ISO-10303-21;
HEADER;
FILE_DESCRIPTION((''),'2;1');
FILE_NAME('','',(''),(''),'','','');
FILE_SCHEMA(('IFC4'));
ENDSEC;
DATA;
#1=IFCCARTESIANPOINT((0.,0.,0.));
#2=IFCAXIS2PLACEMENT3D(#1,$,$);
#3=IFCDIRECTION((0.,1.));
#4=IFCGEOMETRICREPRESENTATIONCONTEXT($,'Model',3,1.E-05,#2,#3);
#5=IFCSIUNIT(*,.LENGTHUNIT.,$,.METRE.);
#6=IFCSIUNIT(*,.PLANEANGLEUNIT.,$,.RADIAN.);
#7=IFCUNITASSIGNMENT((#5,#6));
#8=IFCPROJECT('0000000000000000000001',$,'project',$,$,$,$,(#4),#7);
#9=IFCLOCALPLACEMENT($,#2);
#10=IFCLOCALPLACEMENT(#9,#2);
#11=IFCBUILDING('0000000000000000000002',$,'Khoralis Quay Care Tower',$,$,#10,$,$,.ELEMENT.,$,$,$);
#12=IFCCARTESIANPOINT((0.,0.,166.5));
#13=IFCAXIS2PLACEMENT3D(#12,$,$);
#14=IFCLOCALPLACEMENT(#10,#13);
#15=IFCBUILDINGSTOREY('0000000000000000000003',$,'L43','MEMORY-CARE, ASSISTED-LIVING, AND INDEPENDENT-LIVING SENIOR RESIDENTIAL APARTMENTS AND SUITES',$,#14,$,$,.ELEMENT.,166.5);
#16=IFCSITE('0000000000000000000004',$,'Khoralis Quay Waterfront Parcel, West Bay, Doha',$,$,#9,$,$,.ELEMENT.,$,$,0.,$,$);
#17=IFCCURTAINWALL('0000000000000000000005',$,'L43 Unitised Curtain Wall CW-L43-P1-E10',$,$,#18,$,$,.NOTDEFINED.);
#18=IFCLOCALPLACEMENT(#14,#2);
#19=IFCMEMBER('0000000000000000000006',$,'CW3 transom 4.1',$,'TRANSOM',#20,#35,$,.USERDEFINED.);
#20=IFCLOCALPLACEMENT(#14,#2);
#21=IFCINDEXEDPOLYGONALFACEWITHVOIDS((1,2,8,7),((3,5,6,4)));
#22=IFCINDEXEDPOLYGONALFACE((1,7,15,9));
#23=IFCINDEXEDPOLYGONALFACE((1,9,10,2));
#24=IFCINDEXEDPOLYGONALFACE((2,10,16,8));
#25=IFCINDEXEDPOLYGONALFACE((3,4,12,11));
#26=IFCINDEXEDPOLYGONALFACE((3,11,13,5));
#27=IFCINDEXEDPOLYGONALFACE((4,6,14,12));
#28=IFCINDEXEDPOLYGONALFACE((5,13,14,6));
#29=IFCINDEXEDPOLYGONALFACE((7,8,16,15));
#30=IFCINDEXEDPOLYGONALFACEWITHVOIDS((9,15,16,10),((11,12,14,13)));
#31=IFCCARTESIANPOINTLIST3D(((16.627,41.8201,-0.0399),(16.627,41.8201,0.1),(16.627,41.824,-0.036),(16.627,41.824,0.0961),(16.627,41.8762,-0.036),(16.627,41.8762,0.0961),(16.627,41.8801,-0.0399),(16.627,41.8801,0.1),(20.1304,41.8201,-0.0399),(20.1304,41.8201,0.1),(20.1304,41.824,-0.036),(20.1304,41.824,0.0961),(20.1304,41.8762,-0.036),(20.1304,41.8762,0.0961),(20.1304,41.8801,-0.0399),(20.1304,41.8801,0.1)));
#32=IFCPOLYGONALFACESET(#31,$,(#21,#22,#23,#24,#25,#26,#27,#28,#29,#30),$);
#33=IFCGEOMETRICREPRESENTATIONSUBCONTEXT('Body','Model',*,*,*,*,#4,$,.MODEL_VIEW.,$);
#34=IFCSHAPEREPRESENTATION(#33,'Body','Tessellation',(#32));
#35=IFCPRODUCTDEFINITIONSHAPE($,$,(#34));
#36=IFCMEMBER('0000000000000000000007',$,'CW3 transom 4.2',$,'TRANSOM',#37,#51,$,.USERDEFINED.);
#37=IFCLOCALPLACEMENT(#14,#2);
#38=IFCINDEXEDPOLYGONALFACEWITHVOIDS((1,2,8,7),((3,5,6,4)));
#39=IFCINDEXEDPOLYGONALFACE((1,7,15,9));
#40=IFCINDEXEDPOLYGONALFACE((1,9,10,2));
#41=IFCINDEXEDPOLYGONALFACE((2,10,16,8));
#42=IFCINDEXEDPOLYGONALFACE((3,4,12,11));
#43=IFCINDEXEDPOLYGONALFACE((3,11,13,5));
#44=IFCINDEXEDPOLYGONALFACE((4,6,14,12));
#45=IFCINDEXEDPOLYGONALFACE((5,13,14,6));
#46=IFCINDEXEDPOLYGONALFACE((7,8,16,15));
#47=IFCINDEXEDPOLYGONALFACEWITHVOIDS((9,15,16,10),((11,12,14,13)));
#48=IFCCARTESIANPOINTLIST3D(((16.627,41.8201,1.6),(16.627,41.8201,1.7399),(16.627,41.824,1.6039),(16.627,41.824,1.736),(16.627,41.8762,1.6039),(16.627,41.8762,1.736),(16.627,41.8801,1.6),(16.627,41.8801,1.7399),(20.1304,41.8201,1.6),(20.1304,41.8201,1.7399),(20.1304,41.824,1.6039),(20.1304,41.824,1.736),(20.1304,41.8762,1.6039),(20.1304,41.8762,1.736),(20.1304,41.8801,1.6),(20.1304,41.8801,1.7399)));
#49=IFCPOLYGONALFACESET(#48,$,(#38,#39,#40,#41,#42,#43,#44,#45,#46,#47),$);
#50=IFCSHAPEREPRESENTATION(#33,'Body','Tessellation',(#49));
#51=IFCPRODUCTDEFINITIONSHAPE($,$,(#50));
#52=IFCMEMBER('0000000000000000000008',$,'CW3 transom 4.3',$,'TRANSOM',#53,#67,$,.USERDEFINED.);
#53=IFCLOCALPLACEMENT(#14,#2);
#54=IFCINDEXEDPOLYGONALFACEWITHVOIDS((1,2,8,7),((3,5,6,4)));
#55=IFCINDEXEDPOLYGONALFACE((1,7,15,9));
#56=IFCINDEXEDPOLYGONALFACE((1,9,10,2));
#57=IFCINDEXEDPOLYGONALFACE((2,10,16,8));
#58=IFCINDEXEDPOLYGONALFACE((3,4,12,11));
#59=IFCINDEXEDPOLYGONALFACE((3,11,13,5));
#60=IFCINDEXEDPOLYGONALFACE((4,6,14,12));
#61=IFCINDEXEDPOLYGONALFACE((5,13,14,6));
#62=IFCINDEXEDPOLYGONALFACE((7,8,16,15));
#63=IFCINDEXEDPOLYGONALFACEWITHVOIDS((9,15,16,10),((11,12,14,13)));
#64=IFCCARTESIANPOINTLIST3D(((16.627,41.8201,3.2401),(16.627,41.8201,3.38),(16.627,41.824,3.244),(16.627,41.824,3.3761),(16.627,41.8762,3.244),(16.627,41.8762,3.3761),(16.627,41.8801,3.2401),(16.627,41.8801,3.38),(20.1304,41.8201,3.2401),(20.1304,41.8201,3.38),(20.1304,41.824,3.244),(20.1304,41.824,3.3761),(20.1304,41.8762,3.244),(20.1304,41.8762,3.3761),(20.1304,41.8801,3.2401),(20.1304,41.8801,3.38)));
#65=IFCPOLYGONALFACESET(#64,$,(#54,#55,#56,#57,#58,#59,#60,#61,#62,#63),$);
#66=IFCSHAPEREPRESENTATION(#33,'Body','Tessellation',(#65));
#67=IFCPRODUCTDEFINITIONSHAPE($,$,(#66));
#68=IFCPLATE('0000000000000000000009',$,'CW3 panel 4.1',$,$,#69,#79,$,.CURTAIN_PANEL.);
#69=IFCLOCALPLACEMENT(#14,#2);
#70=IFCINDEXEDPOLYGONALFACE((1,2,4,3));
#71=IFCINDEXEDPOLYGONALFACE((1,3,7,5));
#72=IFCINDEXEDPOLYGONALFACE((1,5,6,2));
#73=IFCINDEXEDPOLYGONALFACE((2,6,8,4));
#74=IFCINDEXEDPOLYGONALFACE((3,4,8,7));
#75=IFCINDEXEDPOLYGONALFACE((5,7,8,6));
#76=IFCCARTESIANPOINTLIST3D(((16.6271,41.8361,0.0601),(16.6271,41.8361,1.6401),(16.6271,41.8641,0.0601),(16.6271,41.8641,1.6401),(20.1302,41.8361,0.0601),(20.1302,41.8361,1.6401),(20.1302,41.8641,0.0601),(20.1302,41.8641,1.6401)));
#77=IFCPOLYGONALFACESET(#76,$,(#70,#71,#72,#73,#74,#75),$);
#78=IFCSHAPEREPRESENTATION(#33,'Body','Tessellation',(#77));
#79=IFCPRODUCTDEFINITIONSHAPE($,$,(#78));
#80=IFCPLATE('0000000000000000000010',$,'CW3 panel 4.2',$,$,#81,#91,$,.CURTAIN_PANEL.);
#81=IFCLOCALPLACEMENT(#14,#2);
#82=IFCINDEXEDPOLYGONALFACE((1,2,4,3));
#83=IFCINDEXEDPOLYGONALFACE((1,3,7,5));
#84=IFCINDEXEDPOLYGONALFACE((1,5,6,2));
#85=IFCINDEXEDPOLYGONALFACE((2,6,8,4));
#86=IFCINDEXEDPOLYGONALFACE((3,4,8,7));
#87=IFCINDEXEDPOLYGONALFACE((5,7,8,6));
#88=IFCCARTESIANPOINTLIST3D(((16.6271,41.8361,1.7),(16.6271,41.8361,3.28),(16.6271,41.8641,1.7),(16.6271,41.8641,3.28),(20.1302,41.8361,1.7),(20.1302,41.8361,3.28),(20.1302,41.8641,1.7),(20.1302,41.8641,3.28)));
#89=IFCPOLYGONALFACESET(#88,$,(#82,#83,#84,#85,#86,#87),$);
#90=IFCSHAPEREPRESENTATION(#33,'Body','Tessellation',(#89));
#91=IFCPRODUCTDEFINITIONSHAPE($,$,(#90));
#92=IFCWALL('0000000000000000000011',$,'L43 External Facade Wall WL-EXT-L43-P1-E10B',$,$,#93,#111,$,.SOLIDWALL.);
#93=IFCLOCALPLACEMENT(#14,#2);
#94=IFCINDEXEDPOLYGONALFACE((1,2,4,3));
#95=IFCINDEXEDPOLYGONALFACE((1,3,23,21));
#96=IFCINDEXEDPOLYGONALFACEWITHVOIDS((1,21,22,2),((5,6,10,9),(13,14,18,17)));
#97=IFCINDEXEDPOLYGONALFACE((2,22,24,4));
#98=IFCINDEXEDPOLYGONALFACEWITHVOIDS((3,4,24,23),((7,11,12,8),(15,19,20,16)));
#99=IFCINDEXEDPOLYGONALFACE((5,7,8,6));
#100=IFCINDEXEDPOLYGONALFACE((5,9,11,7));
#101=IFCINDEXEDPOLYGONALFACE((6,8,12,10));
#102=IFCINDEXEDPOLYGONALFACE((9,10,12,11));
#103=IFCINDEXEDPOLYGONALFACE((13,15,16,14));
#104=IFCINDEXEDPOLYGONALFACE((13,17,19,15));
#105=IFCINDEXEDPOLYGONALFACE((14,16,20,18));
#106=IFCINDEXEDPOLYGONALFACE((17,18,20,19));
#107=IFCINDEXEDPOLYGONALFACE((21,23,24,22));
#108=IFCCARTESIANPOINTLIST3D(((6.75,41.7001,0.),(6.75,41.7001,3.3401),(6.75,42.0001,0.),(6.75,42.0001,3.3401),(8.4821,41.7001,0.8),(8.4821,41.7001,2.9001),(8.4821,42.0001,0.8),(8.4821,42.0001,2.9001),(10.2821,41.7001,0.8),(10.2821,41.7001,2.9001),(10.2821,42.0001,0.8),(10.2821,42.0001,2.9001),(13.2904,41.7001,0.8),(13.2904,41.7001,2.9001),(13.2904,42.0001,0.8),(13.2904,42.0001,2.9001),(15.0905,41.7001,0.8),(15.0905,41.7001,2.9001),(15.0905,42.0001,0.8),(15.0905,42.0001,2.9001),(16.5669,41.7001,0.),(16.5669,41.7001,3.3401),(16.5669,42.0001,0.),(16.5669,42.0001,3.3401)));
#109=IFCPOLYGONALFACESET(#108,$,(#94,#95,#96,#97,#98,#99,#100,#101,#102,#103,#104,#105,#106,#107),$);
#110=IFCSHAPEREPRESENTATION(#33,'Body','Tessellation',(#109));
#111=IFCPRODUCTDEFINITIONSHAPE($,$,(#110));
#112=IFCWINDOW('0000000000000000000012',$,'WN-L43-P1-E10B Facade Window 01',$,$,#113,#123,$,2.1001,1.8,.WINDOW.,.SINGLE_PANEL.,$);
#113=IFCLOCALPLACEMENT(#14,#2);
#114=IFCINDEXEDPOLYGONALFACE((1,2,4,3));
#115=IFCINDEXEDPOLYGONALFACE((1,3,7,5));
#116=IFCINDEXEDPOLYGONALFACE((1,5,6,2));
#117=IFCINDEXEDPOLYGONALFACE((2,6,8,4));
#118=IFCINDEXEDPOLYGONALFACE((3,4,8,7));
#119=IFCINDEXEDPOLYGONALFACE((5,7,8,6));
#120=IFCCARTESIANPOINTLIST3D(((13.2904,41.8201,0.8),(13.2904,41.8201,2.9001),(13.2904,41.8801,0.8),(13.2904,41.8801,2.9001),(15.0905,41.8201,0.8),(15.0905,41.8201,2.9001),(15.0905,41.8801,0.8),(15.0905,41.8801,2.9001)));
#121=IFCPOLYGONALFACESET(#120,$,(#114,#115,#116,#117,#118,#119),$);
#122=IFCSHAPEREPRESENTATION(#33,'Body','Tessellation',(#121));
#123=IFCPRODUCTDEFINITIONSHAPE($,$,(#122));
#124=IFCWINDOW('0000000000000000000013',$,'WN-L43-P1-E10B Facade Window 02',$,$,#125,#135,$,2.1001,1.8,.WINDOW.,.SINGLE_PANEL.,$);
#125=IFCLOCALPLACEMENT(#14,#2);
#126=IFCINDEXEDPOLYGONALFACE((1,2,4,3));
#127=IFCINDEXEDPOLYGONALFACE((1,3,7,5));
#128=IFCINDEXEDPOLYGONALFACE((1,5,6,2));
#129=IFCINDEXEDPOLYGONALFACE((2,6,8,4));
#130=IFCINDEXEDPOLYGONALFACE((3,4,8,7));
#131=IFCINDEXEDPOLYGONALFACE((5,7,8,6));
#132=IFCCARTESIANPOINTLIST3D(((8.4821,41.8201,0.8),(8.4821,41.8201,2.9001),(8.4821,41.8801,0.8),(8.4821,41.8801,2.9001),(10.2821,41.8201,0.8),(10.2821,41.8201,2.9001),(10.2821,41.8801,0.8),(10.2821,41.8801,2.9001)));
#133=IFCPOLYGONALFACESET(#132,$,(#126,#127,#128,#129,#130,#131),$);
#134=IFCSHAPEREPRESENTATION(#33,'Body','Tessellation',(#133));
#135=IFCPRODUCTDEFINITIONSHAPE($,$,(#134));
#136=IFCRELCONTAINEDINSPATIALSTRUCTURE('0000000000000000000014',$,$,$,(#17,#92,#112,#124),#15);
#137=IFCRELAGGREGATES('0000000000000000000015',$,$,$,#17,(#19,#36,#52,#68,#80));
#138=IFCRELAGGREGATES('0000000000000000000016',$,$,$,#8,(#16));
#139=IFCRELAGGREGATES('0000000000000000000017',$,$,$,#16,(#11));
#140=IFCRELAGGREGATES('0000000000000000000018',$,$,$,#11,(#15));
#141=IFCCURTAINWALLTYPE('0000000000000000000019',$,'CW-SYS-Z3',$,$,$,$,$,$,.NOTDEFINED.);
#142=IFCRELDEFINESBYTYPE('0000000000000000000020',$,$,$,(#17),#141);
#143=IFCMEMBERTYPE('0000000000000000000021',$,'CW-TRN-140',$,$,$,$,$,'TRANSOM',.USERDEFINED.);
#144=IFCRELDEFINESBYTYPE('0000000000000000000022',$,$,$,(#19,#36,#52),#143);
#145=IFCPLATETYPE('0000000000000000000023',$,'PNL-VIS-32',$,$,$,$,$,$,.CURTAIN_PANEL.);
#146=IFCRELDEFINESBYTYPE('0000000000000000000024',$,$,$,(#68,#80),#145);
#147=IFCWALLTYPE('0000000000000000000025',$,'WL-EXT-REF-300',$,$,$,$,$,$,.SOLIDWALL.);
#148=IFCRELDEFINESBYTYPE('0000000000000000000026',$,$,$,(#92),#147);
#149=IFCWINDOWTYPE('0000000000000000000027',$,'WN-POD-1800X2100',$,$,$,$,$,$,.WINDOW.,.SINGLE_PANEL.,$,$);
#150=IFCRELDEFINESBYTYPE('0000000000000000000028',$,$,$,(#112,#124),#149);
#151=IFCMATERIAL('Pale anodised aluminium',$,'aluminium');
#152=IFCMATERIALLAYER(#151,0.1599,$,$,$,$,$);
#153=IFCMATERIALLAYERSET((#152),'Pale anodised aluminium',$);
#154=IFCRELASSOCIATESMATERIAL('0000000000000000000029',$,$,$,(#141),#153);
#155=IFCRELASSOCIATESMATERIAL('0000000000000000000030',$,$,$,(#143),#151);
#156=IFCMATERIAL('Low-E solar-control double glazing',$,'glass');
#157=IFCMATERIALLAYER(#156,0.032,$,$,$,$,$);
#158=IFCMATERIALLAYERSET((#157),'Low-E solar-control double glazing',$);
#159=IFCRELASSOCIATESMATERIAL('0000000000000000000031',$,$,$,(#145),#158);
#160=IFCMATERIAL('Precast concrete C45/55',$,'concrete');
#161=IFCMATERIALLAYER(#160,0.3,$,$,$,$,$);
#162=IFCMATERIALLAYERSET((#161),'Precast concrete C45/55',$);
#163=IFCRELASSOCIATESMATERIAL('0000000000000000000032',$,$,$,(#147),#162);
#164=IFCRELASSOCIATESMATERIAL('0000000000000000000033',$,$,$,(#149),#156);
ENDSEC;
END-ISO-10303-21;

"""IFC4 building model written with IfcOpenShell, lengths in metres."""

from ifc_helpers import new_model, si_unit, direction, frame, frame_2d, origin, origin_2d, place, context, subcontext, project, spatial, rectangle, hollow_rectangle, extrude, source, transform, mapped, material, layer, layer_set, material_profile, profile_set, type_object, element, fill, aggregate, save


model = new_model("IFC4")

# Units and contexts
model_context = context("Model", 3, precision=1e-05, world=origin(), true_north=direction((0.0, 1.0)))
body_context = subcontext(model_context, "Body", "Model", "MODEL_VIEW")
ifc_project = project(units=[si_unit("LENGTHUNIT", "METRE"), si_unit("PLANEANGLEUNIT", "RADIAN")], contexts=[model_context])

# Site, building, storey
site_placement = place(None, origin())
site = spatial("IfcSite", under=ifc_project, at=site_placement, Name="Khoralis Quay Waterfront Parcel, West Bay, Doha", CompositionType="ELEMENT", RefElevation=0.0)
building_placement = place(site_placement, origin())
building = spatial("IfcBuilding", under=site, at=building_placement, Name="Khoralis Quay Care Tower", CompositionType="ELEMENT")
storey_placement = place(building_placement, frame((0.0, 0.0, 166.5)))
storey = spatial("IfcBuildingStorey", under=building, at=storey_placement, Name="L43", Description="MEMORY-CARE, ASSISTED-LIVING, AND INDEPENDENT-LIVING SENIOR RESIDENTIAL APARTMENTS AND SUITES", CompositionType="ELEMENT", Elevation=166.5)

# Curtain wall, members, plates
ifc_material_1 = material(Name="Pale anodised aluminium", Category="aluminium")
ifc_layer_1 = layer(ifc_material_1, 0.1599)
ifc_layer_set_1 = layer_set([ifc_layer_1], Name="Pale anodised aluminium")
curtain_wall_type = type_object("IfcCurtainWallType", Name="CW-SYS-Z3", PredefinedType="NOTDEFINED", material=ifc_layer_set_1)
curtain_wall_placement = place(storey_placement, origin())
curtain_wall = element("IfcCurtainWall", 1, at=curtain_wall_placement, inside=storey, type_object=curtain_wall_type, Name="L43 Unitised Curtain Wall CW-L43-P1-E10", PredefinedType="NOTDEFINED")
ifc_material_profile_1 = material_profile(ifc_material_1, hollow_rectangle(XDim=0.0601, YDim=0.1399, WallThickness=0.0039, at=origin_2d()), Name="Pale anodised aluminium")
ifc_profile_set_1 = profile_set([ifc_material_profile_1], Name="Pale anodised aluminium")
member_type_1 = type_object("IfcMemberType", Name="CW-TRN-140", ElementType="TRANSOM", PredefinedType="USERDEFINED", material=ifc_profile_set_1)
shared_shape_1 = source(origin(), body_context, "Body", "SweptSolid", [
    extrude(hollow_rectangle(XDim=0.0601, YDim=0.1399, WallThickness=0.0039, at=origin_2d()), origin(), (0.0, 0.0, 1.0), 3.5034),
])
member_1_placement = place(storey_placement, frame((20.1304, 41.8501, 0.03), z_axis=(-1.0, 0.0, 0.0), x_axis=(0.0, -1.0, 0.0)))
member_1 = element("IfcMember", 2, at=member_1_placement, type_object=member_type_1, Name="CW3 transom 4.1", ObjectType="TRANSOM", PredefinedType="USERDEFINED", context=body_context, shape_type="MappedRepresentation", body=[
    mapped(shared_shape_1, transform((0.0, 0.0, 0.0), scale=1.0)),
])
member_2_placement = place(storey_placement, frame((20.1304, 41.8501, 1.6699), z_axis=(-1.0, 0.0, 0.0), x_axis=(0.0, -1.0, 0.0)))
member_2 = element("IfcMember", 3, at=member_2_placement, type_object=member_type_1, Name="CW3 transom 4.2", ObjectType="TRANSOM", PredefinedType="USERDEFINED", context=body_context, shape_type="MappedRepresentation", body=[
    mapped(shared_shape_1, transform((0.0, 0.0, 0.0), scale=1.0)),
])
member_3_placement = place(storey_placement, frame((20.1304, 41.8501, 3.3101), z_axis=(-1.0, 0.0, 0.0), x_axis=(0.0, -1.0, 0.0)))
member_3 = element("IfcMember", 4, at=member_3_placement, type_object=member_type_1, Name="CW3 transom 4.3", ObjectType="TRANSOM", PredefinedType="USERDEFINED", context=body_context, shape_type="MappedRepresentation", body=[
    mapped(shared_shape_1, transform((0.0, 0.0, 0.0), scale=1.0)),
])
ifc_material_2 = material(Name="Low-E solar-control double glazing", Category="glass")
ifc_layer_2 = layer(ifc_material_2, 0.032)
ifc_layer_set_2 = layer_set([ifc_layer_2], Name="Low-E solar-control double glazing")
plate_type = type_object("IfcPlateType", Name="PNL-VIS-32", PredefinedType="CURTAIN_PANEL", material=ifc_layer_set_2)
shared_shape_2 = source(origin(), body_context, "Body", "SweptSolid", [
    extrude(rectangle(XDim=3.5032, YDim=0.0281, at=origin_2d()), origin(), (0.0, 0.0, 1.0), 1.5801),
])
plate_1_placement = place(storey_placement, frame((18.3787, 41.8501, 0.0601), z_axis=(0.0, 0.0, 1.0), x_axis=(-1.0, 0.0, 0.0)))
plate_1 = element("IfcPlate", 5, at=plate_1_placement, type_object=plate_type, Name="CW3 panel 4.1", PredefinedType="CURTAIN_PANEL", context=body_context, shape_type="MappedRepresentation", body=[
    mapped(shared_shape_2, transform((0.0, 0.0, 0.0), scale=1.0)),
])
plate_2_placement = place(storey_placement, frame((18.3787, 41.8501, 1.7), z_axis=(0.0, 0.0, 1.0), x_axis=(-1.0, 0.0, 0.0)))
plate_2 = element("IfcPlate", 6, at=plate_2_placement, type_object=plate_type, Name="CW3 panel 4.2", PredefinedType="CURTAIN_PANEL", context=body_context, shape_type="MappedRepresentation", body=[
    mapped(shared_shape_2, transform((0.0, 0.0, 0.0), scale=1.0)),
])
aggregate(curtain_wall, [member_1, member_2, member_3, plate_1, plate_2])

# Wall, openings, windows
ifc_material_3 = material(Name="Precast concrete C45/55", Category="concrete")
ifc_layer_3 = layer(ifc_material_3, 0.3)
ifc_layer_set_3 = layer_set([ifc_layer_3], Name="Precast concrete C45/55")
wall_type_1 = type_object("IfcWallType", Name="WL-EXT-REF-300", PredefinedType="SOLIDWALL", material=ifc_layer_set_3)
wall_1_placement = place(storey_placement, frame((16.5669, 41.8501, 0.0), z_axis=(0.0, 0.0, 1.0), x_axis=(-1.0, 0.0, 0.0)))
wall_1 = element("IfcWall", 7, at=wall_1_placement, inside=storey, type_object=wall_type_1, Name="L43 External Facade Wall WL-EXT-L43-P1-E10B", PredefinedType="SOLIDWALL", context=body_context, shape_type="SweptSolid", body=[
    extrude(rectangle(XDim=9.8169, YDim=0.3, at=frame_2d((4.9084, 0.0))), origin(), (0.0, 0.0, 1.0), 3.3401),
])
opening_1_placement = place(wall_1_placement, frame((1.4766, 0.0, 0.8)))
opening_1 = element("IfcOpeningElement", 8, at=opening_1_placement, cuts=wall_1, PredefinedType="OPENING", context=body_context, shape_type="SweptSolid", body=[
    extrude(rectangle(XDim=1.8, YDim=2.1001, at=frame_2d((0.8999, 1.05))), frame((0.0, 0.1602, 0.0), z_axis=(0.0, -1.0, 0.0), x_axis=(1.0, 0.0, 0.0)), (0.0, 0.0, 1.0), 0.3201),
])
opening_2_placement = place(wall_1_placement, frame((6.2849, 0.0, 0.8)))
opening_2 = element("IfcOpeningElement", 9, at=opening_2_placement, cuts=wall_1, PredefinedType="OPENING", context=body_context, shape_type="SweptSolid", body=[
    extrude(rectangle(XDim=1.8, YDim=2.1001, at=frame_2d((0.8999, 1.05))), frame((0.0, 0.1602, 0.0), z_axis=(0.0, -1.0, 0.0), x_axis=(1.0, 0.0, 0.0)), (0.0, 0.0, 1.0), 0.3201),
])
window_type = type_object("IfcWindowType", Name="WN-POD-1800X2100", PartitioningType="SINGLE_PANEL", PredefinedType="WINDOW", material=ifc_material_2)
shared_shape_3 = source(origin(), body_context, "Body", "SweptSolid", [
    extrude(rectangle(XDim=1.8, YDim=2.1001, at=frame_2d((0.8999, 1.05))), frame((0.0, 0.03, 0.0), z_axis=(0.0, -1.0, 0.0), x_axis=(1.0, 0.0, 0.0)), (0.0, 0.0, 1.0), 0.0601),
])
window_1_placement = place(opening_1_placement, origin())
window_1 = element("IfcWindow", 10, at=window_1_placement, inside=storey, type_object=window_type, Name="WN-L43-P1-E10B Facade Window 01", OverallHeight=2.1001, OverallWidth=1.8, PartitioningType="SINGLE_PANEL", PredefinedType="WINDOW", context=body_context, shape_type="MappedRepresentation", body=[
    mapped(shared_shape_3, transform((0.0, 0.0, 0.0), scale=1.0)),
])
fill(opening_1, window_1)
window_2_placement = place(opening_2_placement, origin())
window_2 = element("IfcWindow", 11, at=window_2_placement, inside=storey, type_object=window_type, Name="WN-L43-P1-E10B Facade Window 02", OverallHeight=2.1001, OverallWidth=1.8, PartitioningType="SINGLE_PANEL", PredefinedType="WINDOW", context=body_context, shape_type="MappedRepresentation", body=[
    mapped(shared_shape_3, transform((0.0, 0.0, 0.0), scale=1.0)),
])
fill(opening_2, window_2)

save(model, "model.ifc")
